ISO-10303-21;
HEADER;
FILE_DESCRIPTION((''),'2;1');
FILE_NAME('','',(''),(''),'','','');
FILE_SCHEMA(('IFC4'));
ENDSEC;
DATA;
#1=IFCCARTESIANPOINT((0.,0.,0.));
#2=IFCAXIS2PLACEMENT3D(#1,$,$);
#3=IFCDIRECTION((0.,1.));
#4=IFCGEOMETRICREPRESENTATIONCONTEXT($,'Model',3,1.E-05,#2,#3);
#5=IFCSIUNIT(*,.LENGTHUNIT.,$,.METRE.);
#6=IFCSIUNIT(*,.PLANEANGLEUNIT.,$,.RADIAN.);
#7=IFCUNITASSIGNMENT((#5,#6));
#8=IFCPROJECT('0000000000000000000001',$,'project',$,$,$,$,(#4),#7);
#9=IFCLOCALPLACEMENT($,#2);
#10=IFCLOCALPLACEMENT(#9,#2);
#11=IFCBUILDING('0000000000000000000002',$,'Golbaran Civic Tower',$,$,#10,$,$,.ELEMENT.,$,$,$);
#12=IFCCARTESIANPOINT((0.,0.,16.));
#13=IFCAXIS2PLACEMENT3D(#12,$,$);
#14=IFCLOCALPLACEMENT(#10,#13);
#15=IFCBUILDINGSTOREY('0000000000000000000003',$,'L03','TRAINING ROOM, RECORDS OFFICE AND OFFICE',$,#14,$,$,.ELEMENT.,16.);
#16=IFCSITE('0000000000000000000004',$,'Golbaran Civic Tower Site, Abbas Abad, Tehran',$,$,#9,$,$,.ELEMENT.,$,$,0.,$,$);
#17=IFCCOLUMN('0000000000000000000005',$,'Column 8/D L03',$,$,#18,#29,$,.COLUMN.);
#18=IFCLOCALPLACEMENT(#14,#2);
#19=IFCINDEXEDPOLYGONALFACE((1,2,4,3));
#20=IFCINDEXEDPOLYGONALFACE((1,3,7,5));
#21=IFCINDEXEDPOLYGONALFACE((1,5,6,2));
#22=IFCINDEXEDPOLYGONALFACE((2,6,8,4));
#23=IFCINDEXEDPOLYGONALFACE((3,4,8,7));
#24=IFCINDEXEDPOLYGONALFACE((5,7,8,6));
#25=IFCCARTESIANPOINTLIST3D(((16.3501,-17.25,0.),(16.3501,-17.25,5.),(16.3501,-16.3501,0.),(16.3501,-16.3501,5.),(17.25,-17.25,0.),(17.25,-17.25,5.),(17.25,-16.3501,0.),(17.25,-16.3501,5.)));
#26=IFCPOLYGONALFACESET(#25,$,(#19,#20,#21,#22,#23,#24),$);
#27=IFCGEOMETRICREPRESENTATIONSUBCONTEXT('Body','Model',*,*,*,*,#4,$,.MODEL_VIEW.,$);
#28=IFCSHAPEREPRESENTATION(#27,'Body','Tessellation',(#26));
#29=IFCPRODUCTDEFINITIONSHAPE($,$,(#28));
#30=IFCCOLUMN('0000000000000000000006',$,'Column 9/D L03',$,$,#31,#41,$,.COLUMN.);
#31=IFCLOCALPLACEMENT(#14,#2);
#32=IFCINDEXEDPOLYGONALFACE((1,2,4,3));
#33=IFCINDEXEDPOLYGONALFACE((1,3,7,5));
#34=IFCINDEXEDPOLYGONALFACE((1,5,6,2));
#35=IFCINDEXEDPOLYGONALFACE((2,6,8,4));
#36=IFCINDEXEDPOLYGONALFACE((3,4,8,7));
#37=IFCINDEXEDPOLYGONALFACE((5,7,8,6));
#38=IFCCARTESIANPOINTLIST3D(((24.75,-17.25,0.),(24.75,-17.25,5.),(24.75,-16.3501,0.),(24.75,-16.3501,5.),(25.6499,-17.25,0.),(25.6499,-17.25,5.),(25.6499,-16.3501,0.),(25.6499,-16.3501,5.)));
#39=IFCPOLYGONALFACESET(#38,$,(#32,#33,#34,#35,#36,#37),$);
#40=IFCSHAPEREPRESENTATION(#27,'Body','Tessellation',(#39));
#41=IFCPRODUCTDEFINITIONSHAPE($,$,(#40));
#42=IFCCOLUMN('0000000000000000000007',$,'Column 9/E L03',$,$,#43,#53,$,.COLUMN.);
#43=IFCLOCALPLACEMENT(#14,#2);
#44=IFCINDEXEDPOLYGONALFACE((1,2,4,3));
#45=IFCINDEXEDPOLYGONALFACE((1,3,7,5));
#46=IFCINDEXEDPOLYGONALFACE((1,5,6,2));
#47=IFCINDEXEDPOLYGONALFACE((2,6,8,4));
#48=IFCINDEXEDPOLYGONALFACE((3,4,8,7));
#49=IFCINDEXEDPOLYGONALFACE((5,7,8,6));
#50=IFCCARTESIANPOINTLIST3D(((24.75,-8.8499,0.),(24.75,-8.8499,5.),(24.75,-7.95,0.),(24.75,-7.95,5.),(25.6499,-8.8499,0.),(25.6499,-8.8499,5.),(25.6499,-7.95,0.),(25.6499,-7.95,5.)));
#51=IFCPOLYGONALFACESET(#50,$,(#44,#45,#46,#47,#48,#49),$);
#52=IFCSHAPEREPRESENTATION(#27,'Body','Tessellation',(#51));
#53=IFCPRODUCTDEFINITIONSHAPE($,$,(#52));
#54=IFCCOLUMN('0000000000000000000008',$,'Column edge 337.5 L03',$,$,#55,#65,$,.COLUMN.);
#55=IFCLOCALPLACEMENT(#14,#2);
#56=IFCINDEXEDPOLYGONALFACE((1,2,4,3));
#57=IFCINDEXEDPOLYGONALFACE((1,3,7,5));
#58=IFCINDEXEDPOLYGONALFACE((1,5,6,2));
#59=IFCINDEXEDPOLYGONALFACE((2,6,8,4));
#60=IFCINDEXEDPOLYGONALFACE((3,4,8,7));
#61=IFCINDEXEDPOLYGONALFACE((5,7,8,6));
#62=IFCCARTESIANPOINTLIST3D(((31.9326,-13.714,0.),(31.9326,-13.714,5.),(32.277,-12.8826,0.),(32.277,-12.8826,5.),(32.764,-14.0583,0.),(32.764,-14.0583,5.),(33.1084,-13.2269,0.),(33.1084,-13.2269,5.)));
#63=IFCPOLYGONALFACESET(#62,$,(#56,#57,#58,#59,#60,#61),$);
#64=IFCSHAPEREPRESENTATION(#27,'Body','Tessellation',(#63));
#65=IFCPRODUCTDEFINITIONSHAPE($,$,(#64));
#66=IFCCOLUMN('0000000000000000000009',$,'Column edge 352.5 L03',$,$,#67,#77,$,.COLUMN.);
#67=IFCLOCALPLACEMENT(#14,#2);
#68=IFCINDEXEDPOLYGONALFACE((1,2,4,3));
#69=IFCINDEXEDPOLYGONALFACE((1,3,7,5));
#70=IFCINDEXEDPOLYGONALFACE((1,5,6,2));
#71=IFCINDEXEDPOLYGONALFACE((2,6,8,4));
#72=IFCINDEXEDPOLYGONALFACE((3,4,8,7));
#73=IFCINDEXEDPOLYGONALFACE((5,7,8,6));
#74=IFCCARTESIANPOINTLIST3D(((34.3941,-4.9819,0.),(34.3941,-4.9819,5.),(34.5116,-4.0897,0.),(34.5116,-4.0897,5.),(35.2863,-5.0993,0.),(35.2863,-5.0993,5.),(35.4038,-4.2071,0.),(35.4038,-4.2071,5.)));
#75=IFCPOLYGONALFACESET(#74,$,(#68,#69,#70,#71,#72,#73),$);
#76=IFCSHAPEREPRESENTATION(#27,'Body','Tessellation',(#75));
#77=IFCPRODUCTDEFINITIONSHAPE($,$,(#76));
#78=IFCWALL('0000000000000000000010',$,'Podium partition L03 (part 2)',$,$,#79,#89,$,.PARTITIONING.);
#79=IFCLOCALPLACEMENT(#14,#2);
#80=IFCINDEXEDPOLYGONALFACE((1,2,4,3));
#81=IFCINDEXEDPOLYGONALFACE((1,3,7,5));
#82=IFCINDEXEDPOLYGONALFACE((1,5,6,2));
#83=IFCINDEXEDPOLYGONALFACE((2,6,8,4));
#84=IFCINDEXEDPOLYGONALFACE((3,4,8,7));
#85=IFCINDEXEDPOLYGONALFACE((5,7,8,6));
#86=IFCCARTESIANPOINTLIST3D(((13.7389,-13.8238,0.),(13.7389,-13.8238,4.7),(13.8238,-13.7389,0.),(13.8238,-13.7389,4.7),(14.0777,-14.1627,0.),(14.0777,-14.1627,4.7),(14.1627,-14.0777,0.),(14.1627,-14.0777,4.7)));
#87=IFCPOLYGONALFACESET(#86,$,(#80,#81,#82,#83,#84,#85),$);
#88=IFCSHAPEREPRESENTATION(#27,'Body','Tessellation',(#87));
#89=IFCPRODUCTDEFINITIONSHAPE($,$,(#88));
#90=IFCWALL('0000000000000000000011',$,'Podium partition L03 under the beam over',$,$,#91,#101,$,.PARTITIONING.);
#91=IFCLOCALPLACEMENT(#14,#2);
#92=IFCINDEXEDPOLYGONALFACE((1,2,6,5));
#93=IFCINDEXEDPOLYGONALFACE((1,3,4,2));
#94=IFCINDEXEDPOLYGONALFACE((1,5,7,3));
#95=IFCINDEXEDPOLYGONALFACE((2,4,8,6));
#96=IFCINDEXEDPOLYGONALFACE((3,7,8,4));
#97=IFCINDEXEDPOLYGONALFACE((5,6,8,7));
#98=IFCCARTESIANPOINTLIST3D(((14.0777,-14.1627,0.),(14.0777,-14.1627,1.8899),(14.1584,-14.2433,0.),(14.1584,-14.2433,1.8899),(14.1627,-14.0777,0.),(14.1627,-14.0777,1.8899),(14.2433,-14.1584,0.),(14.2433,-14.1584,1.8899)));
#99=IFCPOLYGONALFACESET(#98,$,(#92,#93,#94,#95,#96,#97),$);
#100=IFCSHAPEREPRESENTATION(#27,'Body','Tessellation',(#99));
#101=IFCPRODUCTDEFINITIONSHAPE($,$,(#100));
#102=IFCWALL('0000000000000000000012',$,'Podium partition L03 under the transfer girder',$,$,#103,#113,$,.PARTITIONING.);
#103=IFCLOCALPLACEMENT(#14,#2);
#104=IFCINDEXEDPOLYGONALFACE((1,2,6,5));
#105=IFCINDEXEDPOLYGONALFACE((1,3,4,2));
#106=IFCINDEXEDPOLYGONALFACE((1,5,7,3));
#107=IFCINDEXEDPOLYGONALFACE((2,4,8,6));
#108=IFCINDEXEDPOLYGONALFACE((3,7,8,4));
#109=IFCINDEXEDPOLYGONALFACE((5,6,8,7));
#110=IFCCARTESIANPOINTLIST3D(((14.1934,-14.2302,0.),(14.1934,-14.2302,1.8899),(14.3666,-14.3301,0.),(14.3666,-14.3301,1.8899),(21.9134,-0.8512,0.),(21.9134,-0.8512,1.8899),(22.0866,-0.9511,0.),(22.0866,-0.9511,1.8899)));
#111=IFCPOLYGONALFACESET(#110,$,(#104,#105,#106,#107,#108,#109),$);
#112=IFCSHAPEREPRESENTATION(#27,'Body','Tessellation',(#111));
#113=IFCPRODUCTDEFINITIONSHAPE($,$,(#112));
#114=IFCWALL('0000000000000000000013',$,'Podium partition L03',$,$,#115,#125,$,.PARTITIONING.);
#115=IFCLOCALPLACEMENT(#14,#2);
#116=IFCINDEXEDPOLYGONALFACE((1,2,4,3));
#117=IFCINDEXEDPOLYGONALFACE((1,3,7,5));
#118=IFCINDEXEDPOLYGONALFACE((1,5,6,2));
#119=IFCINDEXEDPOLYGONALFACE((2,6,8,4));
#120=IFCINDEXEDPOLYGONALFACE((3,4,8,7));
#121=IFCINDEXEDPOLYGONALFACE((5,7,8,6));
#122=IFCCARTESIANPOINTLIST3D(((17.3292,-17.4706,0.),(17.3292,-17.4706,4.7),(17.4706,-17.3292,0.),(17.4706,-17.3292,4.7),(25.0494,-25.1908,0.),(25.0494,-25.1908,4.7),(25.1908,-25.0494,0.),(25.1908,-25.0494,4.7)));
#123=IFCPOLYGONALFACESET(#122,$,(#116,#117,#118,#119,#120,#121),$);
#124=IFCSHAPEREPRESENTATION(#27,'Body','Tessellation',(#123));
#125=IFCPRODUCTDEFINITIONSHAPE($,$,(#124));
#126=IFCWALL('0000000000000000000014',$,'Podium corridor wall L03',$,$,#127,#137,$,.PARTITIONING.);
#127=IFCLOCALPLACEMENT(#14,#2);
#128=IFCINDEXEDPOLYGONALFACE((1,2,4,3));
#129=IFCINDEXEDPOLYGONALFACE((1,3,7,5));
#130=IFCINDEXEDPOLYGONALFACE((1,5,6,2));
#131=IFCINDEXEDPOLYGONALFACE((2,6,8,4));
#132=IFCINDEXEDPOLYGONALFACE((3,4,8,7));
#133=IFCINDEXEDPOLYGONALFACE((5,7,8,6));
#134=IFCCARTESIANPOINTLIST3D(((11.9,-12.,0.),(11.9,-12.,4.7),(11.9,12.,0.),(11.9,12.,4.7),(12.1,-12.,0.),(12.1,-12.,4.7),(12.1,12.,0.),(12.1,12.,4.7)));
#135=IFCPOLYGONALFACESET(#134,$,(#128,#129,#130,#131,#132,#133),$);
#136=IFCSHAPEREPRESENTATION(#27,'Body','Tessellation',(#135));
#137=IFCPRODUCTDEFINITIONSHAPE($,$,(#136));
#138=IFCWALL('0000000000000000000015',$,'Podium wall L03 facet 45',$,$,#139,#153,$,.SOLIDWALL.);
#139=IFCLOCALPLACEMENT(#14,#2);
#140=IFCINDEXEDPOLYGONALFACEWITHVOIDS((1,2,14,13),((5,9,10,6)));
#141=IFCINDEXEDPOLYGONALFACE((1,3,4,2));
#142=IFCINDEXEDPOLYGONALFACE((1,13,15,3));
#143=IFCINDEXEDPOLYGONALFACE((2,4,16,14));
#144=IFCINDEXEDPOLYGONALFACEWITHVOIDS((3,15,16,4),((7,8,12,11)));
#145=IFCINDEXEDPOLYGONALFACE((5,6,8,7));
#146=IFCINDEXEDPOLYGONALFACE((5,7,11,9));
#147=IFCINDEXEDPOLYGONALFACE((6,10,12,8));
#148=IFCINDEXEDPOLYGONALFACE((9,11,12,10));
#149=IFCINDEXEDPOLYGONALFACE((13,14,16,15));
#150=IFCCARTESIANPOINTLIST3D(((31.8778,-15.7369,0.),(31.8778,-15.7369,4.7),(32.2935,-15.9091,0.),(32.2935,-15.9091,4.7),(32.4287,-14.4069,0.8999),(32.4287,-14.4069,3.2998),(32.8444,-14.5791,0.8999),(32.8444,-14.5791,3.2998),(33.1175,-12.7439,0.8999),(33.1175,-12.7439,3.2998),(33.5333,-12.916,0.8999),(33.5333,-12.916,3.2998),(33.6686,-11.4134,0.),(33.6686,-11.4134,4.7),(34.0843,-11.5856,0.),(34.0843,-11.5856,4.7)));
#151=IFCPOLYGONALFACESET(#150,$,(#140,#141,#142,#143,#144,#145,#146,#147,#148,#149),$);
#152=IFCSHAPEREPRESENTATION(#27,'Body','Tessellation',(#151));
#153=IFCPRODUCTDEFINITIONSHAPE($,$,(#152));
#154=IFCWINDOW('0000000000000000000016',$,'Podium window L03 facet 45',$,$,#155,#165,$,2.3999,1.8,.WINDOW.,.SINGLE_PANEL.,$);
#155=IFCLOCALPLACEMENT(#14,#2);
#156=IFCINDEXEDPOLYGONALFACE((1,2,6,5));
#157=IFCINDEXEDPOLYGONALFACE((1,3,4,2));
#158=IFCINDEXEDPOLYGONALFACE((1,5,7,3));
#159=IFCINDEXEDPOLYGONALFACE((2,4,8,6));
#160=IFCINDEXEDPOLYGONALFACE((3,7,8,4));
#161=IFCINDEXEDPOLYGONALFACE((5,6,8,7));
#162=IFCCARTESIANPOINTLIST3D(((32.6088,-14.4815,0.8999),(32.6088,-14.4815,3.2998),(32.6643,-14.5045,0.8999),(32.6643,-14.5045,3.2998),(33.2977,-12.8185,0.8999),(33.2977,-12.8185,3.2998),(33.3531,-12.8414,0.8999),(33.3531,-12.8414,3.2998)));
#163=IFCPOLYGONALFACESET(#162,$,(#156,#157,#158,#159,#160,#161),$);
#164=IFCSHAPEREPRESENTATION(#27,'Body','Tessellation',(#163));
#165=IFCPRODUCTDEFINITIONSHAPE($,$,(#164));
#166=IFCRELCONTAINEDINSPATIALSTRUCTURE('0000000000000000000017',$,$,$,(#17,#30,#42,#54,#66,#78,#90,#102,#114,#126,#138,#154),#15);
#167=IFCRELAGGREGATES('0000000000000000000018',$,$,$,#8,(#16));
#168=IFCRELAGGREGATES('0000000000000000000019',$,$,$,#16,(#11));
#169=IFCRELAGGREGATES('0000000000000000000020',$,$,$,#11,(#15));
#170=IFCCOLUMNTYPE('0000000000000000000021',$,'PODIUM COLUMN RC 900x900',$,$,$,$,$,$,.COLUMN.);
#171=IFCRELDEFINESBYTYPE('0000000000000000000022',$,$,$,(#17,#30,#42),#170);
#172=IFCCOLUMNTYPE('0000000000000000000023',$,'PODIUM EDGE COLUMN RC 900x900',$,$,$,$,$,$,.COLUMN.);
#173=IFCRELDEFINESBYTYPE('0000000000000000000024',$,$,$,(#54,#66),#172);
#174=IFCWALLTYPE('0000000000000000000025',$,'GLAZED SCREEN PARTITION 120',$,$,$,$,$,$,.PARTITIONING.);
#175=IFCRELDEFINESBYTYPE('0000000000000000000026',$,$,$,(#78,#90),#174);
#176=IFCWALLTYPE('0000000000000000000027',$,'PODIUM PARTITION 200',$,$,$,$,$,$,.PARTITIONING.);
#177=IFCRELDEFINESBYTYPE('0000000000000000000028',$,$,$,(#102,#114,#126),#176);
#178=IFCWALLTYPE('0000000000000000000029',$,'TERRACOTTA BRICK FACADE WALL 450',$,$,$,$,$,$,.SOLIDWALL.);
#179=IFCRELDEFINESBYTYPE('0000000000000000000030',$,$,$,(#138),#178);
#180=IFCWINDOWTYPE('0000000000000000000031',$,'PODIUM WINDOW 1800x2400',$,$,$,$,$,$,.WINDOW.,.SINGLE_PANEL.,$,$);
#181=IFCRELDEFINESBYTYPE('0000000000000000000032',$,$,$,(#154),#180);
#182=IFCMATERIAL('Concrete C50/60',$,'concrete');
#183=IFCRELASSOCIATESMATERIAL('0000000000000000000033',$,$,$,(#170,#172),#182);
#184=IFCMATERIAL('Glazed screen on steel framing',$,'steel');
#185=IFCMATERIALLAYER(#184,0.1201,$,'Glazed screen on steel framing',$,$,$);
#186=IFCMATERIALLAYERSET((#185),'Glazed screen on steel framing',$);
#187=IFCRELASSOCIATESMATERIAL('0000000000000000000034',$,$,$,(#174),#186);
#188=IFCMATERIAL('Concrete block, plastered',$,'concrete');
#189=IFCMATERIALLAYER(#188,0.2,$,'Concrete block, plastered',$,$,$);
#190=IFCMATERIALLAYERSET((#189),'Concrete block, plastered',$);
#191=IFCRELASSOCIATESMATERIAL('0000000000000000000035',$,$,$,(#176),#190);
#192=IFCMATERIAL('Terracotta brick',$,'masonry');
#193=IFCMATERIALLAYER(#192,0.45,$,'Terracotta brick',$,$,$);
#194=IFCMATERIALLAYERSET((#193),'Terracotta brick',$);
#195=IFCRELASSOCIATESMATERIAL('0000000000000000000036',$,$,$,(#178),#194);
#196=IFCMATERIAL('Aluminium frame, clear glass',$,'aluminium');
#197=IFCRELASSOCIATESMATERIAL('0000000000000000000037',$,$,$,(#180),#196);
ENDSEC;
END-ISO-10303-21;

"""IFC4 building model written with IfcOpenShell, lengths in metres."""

from ifc_helpers import new_model, si_unit, direction, frame, frame_2d, origin, origin_2d, place, context, subcontext, project, spatial, rectangle, extrude, material, layer, layer_set, material_profile, profile_set, type_object, element, fill, save


model = new_model("IFC4")

# Units and contexts
model_context = context("Model", 3, precision=1e-05, world=origin(), true_north=direction((0.0, 1.0)))
body_context = subcontext(model_context, "Body", "Model", "MODEL_VIEW")
ifc_project = project(units=[si_unit("LENGTHUNIT", "METRE"), si_unit("PLANEANGLEUNIT", "RADIAN")], contexts=[model_context])

# Site, building, storey
site_placement = place(None, origin())
site = spatial("IfcSite", under=ifc_project, at=site_placement, Name="Golbaran Civic Tower Site, Abbas Abad, Tehran", CompositionType="ELEMENT", RefElevation=0.0)
building_placement = place(site_placement, origin())
building = spatial("IfcBuilding", under=site, at=building_placement, Name="Golbaran Civic Tower", CompositionType="ELEMENT")
storey_placement = place(building_placement, frame((0.0, 0.0, 16.0)))
storey = spatial("IfcBuildingStorey", under=building, at=storey_placement, Name="L03", Description="TRAINING ROOM, RECORDS OFFICE AND OFFICE", CompositionType="ELEMENT", Elevation=16.0)

# Columns
ifc_material_1 = material(Name="Concrete C50/60", Category="concrete")
ifc_material_profile_1 = material_profile(ifc_material_1, rectangle(XDim=0.8999, YDim=0.8999, at=origin_2d()), Name="RC 900x900")
ifc_profile_set_1 = profile_set([ifc_material_profile_1], Name="Concrete C50/60")
column_type_1 = type_object("IfcColumnType", Name="PODIUM COLUMN RC 900x900", PredefinedType="COLUMN", material=ifc_profile_set_1)
for number, where, z_axis, x_axis, name in (
    (1, (16.8, -16.8, 0.0), (0.0, 0.0, 1.0), (1.0, 0.0, 0.0), "Column 8/D L03"),
    (2, (25.2, -16.8, 0.0), (0.0, 0.0, 1.0), (1.0, 0.0, 0.0), "Column 9/D L03"),
    (3, (25.2, -8.3999, 0.0), (0.0, 0.0, 1.0), (1.0, 0.0, 0.0), "Column 9/E L03"),
):
    element("IfcColumn", number, at=place(storey_placement, frame(where, z_axis=z_axis, x_axis=x_axis)), inside=storey, type_object=column_type_1, Name=name, PredefinedType="COLUMN", context=body_context, shape_type="SweptSolid", body=[
        extrude(rectangle(XDim=0.8999, YDim=0.8999, at=origin_2d()), origin(), (0.0, 0.0, 1.0), 5.0),
    ])
ifc_material_profile_2 = material_profile(ifc_material_1, rectangle(XDim=0.8999, YDim=0.8999, at=origin_2d()), Name="RC 900x900")
ifc_profile_set_2 = profile_set([ifc_material_profile_2], Name="Concrete C50/60")
column_type_2 = type_object("IfcColumnType", Name="PODIUM EDGE COLUMN RC 900x900", PredefinedType="COLUMN", material=ifc_profile_set_2)
for number, where, z_axis, x_axis, name in (
    (4, (32.5205, -13.4705, 0.0), (0.0, 0.0, 1.0), (0.92388, -0.382683, 0.0), "Column edge 337.5 L03"),
    (5, (34.8989, -4.5945, 0.0), (0.0, 0.0, 1.0), (0.991445, -0.130526, 0.0), "Column edge 352.5 L03"),
):
    element("IfcColumn", number, at=place(storey_placement, frame(where, z_axis=z_axis, x_axis=x_axis)), inside=storey, type_object=column_type_2, Name=name, PredefinedType="COLUMN", context=body_context, shape_type="SweptSolid", body=[
        extrude(rectangle(XDim=0.8999, YDim=0.8999, at=origin_2d()), origin(), (0.0, 0.0, 1.0), 5.0),
    ])

# Shared definitions
ifc_material_2 = material(Name="Glazed screen on steel framing", Category="steel")
ifc_layer_1 = layer(ifc_material_2, 0.1201, Name="Glazed screen on steel framing")
ifc_layer_set_1 = layer_set([ifc_layer_1], Name="Glazed screen on steel framing")
wall_type_1 = type_object("IfcWallType", Name="GLAZED SCREEN PARTITION 120", PredefinedType="PARTITIONING", material=ifc_layer_set_1)

# Walls
wall_1_placement = place(storey_placement, frame((13.7812, -13.7812, 0.0), z_axis=(0.0, 0.0, 1.0), x_axis=(0.707107, -0.707107, 0.0)))
element("IfcWall", 6, at=wall_1_placement, inside=storey, type_object=wall_type_1, Name="Podium partition L03 (part 2)", PredefinedType="PARTITIONING", context=body_context, shape_type="SweptSolid", body=[
    extrude(rectangle(XDim=0.4792, YDim=0.1201, at=frame_2d((0.2397, 0.0))), origin(), (0.0, 0.0, 1.0), 4.7),
])
wall_2_placement = place(storey_placement, frame((14.1201, -14.1201, 0.0), z_axis=(0.0, 0.0, 1.0), x_axis=(0.707107, -0.707107, 0.0)))
element("IfcWall", 7, at=wall_2_placement, inside=storey, type_object=wall_type_1, Name="Podium partition L03 under the beam over", PredefinedType="PARTITIONING", context=body_context, shape_type="SweptSolid", body=[
    extrude(rectangle(XDim=0.114, YDim=0.1201, at=frame_2d((0.0571, 0.0))), origin(), (0.0, 0.0, 1.0), 1.8899),
])
ifc_material_3 = material(Name="Concrete block, plastered", Category="concrete")
ifc_layer_2 = layer(ifc_material_3, 0.2, Name="Concrete block, plastered")
ifc_layer_set_2 = layer_set([ifc_layer_2], Name="Concrete block, plastered")
wall_type_2 = type_object("IfcWallType", Name="PODIUM PARTITION 200", PredefinedType="PARTITIONING", material=ifc_layer_set_2)
wall_3_placement = place(storey_placement, frame((14.28, -14.28, 0.0), z_axis=(0.0, 0.0, 1.0), x_axis=(0.499789, 0.866147, 0.0)))
element("IfcWall", 8, at=wall_3_placement, inside=storey, type_object=wall_type_2, Name="Podium partition L03 under the transfer girder", PredefinedType="PARTITIONING", context=body_context, shape_type="SweptSolid", body=[
    extrude(rectangle(XDim=15.4465, YDim=0.2, at=frame_2d((7.7231, 0.0))), origin(), (0.0, 0.0, 1.0), 1.8899),
])
wall_4_placement = place(storey_placement, frame((17.3999, -17.3999, 0.0), z_axis=(0.0, 0.0, 1.0), x_axis=(0.707107, -0.707107, 0.0)))
element("IfcWall", 9, at=wall_4_placement, inside=storey, type_object=wall_type_2, Name="Podium partition L03", PredefinedType="PARTITIONING", context=body_context, shape_type="SweptSolid", body=[
    extrude(rectangle(XDim=10.918, YDim=0.2, at=frame_2d((5.459, 0.0))), origin(), (0.0, 0.0, 1.0), 4.7),
])
wall_5_placement = place(storey_placement, frame((12.0, -12.0, 0.0), z_axis=(0.0, 0.0, 1.0), x_axis=(0.0, 1.0, 0.0)))
element("IfcWall", 10, at=wall_5_placement, inside=storey, type_object=wall_type_2, Name="Podium corridor wall L03", PredefinedType="PARTITIONING", context=body_context, shape_type="SweptSolid", body=[
    extrude(rectangle(XDim=24.0, YDim=0.2, at=frame_2d((12.0, 0.0))), origin(), (0.0, 0.0, 1.0), 4.7),
])

# Wall, opening, window
ifc_material_4 = material(Name="Terracotta brick", Category="masonry")
ifc_layer_3 = layer(ifc_material_4, 0.45, Name="Terracotta brick")
ifc_layer_set_3 = layer_set([ifc_layer_3], Name="Terracotta brick")
wall_type_3 = type_object("IfcWallType", Name="TERRACOTTA BRICK FACADE WALL 450", PredefinedType="SOLIDWALL", material=ifc_layer_set_3)
wall_6_placement = place(storey_placement, frame((32.0857, -15.823, 0.0), z_axis=(0.0, 0.0, 1.0), x_axis=(0.38267, 0.923885, 0.0)))
wall_6 = element("IfcWall", 11, at=wall_6_placement, inside=storey, type_object=wall_type_3, Name="Podium wall L03 facet 45", PredefinedType="SOLIDWALL", context=body_context, shape_type="SweptSolid", body=[
    extrude(rectangle(XDim=4.6797, YDim=0.45, at=frame_2d((2.3398, 0.0))), origin(), (0.0, 0.0, 1.0), 4.7),
])
opening_1_placement = place(wall_6_placement, frame((1.4397, 0.0, 0.8999)))
opening_1 = element("IfcOpeningElement", 12, at=opening_1_placement, cuts=wall_6, PredefinedType="OPENING", context=body_context, shape_type="SweptSolid", body=[
    extrude(rectangle(XDim=1.8, YDim=2.3999, at=frame_2d((0.8999, 1.2))), frame((0.0, 0.2349, 0.0), z_axis=(0.0, -1.0, 0.0), x_axis=(1.0, 0.0, 0.0)), (0.0, 0.0, 1.0), 0.47),
])
ifc_material_5 = material(Name="Aluminium frame, clear glass", Category="aluminium")
window_type = type_object("IfcWindowType", Name="PODIUM WINDOW 1800x2400", PartitioningType="SINGLE_PANEL", PredefinedType="WINDOW", material=ifc_material_5)
window_1_placement = place(opening_1_placement, origin())
window_1 = element("IfcWindow", 13, at=window_1_placement, inside=storey, type_object=window_type, Name="Podium window L03 facet 45", OverallHeight=2.3999, OverallWidth=1.8, PartitioningType="SINGLE_PANEL", PredefinedType="WINDOW", context=body_context, shape_type="SweptSolid", body=[
    extrude(rectangle(XDim=1.8, YDim=2.3999, at=frame_2d((0.8999, 1.2))), frame((0.0, 0.03, 0.0), z_axis=(0.0, -1.0, 0.0), x_axis=(1.0, 0.0, 0.0)), (0.0, 0.0, 1.0), 0.0601),
])
fill(opening_1, window_1)

save(model, "model.ifc")
